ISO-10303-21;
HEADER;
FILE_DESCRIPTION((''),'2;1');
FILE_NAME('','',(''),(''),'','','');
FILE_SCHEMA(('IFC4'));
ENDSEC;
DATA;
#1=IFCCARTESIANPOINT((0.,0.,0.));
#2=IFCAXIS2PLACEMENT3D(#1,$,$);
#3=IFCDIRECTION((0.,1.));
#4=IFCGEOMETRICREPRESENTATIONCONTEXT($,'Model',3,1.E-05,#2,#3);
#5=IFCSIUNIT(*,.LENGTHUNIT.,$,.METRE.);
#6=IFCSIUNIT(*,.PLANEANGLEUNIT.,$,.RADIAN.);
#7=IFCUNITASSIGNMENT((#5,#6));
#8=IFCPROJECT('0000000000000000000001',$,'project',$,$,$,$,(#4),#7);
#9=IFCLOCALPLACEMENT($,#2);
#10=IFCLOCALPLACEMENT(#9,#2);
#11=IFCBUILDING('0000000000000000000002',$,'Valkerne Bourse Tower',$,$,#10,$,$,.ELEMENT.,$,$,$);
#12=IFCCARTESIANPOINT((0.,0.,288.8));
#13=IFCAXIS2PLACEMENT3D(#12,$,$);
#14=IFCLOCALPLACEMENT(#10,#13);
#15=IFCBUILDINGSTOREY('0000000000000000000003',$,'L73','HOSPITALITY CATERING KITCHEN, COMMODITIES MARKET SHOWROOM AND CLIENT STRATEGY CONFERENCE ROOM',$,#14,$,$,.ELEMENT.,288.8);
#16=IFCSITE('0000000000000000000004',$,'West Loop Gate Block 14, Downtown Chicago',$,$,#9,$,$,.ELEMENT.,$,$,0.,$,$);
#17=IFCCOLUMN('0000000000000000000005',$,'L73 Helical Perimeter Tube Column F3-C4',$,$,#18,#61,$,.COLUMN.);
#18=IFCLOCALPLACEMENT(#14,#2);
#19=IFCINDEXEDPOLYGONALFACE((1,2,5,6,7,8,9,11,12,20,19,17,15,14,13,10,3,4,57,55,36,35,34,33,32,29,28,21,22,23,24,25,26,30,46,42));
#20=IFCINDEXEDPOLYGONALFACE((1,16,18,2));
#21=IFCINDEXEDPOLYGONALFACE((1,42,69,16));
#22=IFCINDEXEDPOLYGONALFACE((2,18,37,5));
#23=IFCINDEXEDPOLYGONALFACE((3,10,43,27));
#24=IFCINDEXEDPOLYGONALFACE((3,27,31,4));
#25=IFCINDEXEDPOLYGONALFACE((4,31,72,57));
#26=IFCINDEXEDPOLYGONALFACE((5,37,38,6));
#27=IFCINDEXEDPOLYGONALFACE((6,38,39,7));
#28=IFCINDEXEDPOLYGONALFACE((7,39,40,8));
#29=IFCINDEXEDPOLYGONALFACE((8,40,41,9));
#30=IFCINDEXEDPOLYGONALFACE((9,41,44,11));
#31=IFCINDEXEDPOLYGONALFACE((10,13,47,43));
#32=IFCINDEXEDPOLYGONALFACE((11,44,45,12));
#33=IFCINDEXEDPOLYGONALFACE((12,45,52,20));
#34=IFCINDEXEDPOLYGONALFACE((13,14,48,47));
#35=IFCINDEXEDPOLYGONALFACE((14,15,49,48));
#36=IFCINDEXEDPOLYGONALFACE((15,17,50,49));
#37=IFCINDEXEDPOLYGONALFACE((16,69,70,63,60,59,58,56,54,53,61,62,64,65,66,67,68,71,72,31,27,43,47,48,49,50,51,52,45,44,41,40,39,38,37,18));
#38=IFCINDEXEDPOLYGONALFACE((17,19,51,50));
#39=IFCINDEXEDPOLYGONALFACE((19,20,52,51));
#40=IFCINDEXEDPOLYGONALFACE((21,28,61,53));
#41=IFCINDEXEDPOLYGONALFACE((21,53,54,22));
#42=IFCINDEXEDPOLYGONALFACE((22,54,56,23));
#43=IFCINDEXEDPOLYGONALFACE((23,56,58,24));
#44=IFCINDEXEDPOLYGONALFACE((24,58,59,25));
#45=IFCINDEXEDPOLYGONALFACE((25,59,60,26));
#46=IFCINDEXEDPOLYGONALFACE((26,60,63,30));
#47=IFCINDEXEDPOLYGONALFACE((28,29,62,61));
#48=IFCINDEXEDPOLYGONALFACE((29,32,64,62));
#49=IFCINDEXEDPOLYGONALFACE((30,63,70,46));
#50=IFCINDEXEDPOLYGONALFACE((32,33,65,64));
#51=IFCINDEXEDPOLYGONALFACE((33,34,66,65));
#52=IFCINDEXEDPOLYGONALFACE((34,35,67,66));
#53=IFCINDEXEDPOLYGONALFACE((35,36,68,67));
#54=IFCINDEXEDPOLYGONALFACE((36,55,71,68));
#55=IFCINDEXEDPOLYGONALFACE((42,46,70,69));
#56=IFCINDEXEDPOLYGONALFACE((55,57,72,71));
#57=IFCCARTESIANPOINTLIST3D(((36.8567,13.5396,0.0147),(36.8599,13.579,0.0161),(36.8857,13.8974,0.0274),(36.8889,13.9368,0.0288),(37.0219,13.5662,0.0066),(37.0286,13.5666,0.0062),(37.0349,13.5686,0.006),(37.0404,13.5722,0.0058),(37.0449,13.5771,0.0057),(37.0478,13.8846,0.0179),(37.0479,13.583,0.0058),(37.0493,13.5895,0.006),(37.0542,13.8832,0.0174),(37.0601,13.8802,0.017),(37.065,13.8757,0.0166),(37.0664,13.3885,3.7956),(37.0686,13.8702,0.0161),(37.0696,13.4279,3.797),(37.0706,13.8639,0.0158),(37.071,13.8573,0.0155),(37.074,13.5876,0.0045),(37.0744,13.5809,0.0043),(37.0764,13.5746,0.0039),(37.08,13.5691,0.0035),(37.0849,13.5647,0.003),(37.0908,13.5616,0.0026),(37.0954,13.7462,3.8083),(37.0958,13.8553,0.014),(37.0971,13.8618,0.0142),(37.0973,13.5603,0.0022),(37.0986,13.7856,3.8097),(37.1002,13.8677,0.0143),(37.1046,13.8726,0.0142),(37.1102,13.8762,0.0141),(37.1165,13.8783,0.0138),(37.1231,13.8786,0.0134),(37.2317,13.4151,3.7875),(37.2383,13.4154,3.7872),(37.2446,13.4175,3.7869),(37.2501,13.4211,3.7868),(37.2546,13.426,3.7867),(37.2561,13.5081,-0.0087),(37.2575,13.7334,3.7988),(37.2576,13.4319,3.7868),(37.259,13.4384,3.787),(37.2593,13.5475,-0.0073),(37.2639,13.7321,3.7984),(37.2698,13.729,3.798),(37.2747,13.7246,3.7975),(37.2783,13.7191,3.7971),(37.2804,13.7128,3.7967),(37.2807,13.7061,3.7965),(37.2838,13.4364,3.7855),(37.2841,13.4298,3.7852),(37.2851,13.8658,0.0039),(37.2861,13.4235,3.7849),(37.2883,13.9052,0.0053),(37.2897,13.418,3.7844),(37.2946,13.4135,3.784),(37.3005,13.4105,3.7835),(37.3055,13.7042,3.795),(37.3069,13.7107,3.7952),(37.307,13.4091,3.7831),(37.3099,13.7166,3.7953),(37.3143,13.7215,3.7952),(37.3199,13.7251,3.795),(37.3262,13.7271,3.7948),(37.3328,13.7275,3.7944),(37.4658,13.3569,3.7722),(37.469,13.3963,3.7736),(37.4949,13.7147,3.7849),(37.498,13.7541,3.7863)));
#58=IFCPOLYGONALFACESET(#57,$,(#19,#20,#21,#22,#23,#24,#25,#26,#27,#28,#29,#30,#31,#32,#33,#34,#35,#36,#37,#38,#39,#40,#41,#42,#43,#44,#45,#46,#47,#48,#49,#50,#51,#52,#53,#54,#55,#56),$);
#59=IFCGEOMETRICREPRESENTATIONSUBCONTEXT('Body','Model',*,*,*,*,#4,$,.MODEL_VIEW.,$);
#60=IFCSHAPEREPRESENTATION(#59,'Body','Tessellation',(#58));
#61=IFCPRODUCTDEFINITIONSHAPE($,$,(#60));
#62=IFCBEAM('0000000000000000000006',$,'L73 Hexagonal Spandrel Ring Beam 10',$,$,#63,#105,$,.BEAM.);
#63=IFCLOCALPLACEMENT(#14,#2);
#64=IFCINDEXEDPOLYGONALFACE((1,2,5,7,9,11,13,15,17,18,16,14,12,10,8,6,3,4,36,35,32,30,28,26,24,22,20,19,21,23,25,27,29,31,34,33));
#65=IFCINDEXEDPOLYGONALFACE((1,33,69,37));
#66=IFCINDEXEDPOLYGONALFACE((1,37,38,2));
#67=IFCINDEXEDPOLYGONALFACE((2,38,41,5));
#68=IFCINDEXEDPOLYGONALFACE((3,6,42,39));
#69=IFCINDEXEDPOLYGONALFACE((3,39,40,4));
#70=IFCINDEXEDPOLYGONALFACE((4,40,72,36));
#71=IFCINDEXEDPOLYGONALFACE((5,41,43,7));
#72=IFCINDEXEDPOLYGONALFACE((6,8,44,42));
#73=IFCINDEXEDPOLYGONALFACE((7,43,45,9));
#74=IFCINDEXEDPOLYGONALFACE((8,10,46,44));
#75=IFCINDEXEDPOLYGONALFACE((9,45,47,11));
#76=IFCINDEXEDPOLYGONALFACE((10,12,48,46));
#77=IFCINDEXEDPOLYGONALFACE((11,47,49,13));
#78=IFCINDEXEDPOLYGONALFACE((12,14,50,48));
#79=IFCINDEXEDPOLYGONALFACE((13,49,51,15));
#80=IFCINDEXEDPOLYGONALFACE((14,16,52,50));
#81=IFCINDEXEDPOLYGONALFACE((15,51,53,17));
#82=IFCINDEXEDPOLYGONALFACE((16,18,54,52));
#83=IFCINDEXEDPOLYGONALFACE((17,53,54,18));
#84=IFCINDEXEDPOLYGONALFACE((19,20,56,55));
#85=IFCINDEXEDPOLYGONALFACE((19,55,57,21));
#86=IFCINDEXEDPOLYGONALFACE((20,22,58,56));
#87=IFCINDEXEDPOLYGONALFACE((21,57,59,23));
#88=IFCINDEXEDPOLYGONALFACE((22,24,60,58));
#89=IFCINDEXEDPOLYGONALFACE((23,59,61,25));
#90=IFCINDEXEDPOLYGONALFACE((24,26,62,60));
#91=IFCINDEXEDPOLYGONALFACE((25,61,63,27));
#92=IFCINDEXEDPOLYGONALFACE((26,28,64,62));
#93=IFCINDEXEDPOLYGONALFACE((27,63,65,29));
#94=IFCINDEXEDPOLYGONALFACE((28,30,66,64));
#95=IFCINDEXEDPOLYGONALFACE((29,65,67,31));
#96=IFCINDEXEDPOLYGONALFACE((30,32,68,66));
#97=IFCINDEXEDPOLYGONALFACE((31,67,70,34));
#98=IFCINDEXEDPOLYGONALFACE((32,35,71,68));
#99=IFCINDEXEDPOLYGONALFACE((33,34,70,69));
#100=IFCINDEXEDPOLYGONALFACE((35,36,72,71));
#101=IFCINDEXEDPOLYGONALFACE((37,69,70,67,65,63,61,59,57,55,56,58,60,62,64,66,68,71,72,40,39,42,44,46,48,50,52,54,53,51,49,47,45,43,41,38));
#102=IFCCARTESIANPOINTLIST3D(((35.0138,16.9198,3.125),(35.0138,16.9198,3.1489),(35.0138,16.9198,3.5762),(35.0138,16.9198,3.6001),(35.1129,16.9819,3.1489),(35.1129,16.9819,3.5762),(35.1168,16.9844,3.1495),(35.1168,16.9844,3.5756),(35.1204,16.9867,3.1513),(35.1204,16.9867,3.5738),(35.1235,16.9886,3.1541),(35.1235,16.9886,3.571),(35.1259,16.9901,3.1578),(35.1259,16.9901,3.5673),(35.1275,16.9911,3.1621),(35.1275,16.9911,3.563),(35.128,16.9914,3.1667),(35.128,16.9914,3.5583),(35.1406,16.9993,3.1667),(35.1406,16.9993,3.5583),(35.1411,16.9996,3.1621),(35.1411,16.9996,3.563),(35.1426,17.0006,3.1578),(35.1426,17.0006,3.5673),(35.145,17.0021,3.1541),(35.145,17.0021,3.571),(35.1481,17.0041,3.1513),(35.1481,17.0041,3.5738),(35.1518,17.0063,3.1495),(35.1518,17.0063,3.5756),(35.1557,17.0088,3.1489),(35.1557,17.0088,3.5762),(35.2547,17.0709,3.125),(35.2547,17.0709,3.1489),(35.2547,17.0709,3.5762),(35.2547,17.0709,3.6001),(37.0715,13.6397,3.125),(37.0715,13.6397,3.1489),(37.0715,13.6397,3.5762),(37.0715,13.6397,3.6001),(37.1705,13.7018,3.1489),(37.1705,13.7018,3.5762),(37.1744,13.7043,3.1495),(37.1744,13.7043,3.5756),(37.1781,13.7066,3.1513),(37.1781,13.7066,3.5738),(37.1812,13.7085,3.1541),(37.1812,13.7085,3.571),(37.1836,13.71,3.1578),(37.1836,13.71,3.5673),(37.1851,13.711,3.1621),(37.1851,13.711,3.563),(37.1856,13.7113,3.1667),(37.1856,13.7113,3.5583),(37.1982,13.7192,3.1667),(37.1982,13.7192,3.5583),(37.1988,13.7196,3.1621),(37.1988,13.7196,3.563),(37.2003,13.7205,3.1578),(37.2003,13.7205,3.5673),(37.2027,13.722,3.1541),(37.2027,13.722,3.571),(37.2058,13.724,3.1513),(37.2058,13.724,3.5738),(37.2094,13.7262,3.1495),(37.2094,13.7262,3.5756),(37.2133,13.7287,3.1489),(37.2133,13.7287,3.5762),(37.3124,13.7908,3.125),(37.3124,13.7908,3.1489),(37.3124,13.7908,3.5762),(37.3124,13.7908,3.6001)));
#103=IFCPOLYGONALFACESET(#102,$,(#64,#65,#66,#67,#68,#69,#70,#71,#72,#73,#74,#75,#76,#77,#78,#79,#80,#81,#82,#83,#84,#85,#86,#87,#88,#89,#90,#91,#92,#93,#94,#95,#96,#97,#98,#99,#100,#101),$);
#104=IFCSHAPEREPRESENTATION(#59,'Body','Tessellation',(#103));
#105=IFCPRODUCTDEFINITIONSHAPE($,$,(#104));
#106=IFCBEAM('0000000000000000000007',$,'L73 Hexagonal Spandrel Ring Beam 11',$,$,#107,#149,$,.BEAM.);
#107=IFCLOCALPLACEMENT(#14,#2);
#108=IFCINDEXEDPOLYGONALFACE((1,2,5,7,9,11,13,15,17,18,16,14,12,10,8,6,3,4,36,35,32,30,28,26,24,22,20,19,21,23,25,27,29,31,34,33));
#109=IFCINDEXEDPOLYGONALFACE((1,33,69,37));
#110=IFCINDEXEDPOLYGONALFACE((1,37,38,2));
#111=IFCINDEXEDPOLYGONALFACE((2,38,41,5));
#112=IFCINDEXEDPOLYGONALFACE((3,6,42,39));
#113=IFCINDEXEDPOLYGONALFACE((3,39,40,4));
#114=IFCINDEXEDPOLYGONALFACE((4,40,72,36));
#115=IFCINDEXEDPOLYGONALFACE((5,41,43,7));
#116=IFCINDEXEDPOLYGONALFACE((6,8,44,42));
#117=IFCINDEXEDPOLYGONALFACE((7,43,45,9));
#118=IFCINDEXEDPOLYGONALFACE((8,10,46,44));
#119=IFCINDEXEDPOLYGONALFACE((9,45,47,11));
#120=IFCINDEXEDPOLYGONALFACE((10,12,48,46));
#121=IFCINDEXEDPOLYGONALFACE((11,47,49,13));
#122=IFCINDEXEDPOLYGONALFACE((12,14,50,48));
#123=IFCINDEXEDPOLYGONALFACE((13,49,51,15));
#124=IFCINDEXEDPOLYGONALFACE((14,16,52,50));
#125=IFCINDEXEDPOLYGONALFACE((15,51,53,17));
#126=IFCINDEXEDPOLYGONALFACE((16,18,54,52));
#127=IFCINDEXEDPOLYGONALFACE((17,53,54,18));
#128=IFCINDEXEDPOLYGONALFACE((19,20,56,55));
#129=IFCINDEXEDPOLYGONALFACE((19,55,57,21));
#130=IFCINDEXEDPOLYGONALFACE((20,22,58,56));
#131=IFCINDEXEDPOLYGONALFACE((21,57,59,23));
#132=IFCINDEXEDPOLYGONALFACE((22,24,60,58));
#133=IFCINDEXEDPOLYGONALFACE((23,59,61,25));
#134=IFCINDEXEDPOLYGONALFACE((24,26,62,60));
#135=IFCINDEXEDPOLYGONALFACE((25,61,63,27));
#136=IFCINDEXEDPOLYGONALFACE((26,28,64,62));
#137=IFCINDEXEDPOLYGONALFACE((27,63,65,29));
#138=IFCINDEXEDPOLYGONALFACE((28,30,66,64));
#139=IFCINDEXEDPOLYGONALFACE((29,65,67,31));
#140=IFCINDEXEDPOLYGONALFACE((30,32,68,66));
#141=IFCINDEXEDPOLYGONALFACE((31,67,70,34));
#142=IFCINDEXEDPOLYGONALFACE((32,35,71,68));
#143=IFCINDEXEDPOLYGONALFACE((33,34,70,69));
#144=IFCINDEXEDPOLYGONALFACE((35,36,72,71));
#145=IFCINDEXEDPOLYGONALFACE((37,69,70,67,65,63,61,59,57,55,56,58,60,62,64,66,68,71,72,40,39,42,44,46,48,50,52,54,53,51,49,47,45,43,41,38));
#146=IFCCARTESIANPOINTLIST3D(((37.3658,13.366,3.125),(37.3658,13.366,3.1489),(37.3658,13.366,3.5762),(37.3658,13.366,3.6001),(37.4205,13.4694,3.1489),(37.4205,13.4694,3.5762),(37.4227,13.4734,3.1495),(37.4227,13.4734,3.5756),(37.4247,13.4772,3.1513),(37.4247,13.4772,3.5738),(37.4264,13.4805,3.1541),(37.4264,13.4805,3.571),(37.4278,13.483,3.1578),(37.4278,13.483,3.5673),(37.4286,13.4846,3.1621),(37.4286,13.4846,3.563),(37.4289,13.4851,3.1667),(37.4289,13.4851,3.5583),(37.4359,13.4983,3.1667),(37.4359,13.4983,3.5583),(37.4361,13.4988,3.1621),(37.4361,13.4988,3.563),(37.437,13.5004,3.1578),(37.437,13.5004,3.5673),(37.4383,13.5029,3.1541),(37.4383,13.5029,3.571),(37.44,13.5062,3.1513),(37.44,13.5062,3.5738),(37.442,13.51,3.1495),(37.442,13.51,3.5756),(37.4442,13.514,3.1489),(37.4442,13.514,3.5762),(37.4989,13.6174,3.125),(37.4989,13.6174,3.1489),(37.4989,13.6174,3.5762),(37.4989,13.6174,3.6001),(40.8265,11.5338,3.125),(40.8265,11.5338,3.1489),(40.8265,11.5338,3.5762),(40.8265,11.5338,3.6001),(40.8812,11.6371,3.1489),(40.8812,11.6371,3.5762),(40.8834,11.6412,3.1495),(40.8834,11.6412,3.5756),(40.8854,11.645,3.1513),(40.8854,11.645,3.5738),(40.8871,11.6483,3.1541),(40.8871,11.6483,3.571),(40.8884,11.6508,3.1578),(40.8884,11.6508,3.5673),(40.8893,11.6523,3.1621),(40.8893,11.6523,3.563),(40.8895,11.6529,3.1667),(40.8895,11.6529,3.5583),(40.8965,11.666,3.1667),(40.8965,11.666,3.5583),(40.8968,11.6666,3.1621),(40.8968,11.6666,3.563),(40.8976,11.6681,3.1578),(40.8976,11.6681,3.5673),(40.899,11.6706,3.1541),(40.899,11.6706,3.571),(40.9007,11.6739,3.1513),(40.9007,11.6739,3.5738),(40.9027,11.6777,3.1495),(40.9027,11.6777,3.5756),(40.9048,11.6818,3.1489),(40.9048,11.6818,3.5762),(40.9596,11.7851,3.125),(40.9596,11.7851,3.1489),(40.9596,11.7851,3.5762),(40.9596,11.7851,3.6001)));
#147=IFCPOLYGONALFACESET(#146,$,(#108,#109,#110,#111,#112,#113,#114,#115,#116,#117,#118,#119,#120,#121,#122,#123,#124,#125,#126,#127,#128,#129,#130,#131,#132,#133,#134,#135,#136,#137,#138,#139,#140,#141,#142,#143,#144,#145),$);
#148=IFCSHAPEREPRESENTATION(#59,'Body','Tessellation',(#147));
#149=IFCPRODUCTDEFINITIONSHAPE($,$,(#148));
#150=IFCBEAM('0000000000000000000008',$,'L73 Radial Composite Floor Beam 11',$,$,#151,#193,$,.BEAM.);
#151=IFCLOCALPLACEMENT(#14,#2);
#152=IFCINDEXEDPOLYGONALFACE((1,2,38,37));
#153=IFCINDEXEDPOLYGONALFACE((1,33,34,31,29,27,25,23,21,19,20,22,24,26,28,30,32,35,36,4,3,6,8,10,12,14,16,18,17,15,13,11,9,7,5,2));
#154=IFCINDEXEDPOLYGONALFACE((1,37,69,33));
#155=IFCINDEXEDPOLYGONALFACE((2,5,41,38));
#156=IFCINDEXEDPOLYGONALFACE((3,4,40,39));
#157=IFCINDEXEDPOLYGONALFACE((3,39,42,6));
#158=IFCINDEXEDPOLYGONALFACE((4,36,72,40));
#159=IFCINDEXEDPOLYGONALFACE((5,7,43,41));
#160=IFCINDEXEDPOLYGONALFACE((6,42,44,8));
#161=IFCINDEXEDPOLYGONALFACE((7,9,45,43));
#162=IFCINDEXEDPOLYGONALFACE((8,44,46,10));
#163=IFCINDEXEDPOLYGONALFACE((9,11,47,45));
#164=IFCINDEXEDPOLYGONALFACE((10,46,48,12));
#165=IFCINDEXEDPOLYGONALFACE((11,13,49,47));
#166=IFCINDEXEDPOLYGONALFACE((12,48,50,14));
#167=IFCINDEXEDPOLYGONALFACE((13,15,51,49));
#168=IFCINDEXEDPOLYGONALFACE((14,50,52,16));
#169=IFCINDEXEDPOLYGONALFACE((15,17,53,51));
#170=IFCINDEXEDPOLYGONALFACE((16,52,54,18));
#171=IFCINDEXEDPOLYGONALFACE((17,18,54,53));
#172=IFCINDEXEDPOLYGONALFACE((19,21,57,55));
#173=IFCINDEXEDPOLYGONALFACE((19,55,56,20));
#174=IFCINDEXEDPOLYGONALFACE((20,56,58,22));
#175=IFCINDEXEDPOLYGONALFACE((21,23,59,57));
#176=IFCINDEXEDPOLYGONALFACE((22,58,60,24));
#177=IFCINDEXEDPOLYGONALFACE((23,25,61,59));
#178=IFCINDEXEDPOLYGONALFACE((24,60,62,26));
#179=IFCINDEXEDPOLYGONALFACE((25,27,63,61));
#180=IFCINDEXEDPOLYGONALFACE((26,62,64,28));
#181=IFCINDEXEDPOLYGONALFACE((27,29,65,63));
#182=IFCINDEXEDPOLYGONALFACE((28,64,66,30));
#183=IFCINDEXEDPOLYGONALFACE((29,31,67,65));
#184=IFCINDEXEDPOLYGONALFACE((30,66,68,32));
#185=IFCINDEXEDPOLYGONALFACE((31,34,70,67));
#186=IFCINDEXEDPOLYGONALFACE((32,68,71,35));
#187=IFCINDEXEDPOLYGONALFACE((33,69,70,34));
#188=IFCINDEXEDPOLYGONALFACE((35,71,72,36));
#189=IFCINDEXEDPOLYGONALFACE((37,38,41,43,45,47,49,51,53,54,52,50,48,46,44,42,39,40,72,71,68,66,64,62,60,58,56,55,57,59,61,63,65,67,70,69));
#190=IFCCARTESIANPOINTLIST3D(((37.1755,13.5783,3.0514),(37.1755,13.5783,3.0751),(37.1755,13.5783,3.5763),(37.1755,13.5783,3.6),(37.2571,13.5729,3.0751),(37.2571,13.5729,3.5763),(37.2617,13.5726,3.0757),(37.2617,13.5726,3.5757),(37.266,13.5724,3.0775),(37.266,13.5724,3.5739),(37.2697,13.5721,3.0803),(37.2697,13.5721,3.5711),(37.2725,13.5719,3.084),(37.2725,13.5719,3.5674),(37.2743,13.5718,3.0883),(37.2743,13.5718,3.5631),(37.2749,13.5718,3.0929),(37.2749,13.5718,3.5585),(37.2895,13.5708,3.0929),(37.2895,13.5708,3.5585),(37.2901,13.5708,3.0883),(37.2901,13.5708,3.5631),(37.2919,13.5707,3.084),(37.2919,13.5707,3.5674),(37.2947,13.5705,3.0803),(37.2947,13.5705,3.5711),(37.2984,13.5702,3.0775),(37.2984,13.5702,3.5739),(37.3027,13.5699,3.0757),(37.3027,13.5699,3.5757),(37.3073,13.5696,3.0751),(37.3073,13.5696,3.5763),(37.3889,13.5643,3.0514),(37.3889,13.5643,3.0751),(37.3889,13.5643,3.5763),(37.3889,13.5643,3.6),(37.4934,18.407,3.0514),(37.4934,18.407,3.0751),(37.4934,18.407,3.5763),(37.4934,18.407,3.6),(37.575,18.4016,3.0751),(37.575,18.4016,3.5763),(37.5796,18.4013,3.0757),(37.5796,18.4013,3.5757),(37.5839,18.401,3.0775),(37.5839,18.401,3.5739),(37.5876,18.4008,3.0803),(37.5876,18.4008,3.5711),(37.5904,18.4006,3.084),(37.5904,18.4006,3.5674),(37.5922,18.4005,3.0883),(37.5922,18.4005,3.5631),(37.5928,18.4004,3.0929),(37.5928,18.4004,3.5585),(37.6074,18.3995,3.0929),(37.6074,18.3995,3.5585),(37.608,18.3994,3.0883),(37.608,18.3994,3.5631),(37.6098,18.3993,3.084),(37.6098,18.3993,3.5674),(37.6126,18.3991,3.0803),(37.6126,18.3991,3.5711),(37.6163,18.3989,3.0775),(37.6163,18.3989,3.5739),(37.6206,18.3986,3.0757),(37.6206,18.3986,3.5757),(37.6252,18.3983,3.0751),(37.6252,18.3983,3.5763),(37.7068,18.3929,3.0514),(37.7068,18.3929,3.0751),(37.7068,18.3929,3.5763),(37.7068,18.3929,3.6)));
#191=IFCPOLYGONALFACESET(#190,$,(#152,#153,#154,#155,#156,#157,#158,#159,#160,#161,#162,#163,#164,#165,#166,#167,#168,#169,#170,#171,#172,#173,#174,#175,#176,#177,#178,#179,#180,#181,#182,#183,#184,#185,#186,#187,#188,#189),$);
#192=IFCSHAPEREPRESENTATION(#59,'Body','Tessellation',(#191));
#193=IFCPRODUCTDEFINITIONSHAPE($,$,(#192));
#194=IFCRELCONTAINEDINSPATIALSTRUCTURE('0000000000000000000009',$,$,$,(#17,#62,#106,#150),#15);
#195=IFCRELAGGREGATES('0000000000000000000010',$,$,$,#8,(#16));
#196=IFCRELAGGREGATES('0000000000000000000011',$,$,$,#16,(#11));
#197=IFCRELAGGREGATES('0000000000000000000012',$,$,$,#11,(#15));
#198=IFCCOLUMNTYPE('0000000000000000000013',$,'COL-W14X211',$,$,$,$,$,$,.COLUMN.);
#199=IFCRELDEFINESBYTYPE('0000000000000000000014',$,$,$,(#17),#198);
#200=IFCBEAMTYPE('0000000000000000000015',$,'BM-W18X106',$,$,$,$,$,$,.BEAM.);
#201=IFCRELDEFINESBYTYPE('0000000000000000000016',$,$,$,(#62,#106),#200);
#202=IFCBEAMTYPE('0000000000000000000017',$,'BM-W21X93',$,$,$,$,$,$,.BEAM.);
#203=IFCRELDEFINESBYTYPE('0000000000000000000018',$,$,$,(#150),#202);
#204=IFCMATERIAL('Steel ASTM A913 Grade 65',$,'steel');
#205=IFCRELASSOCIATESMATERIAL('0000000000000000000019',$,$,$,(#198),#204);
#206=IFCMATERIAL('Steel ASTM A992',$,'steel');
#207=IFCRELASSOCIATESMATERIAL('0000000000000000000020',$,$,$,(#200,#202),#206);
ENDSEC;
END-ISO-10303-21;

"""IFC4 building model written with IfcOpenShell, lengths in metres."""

from ifc_helpers import new_model, si_unit, direction, frame, origin, origin_2d, place, context, subcontext, project, spatial, i_section, extrude, material, material_profile, profile_set, type_object, element, save


model = new_model("IFC4")

# Units and contexts
model_context = context("Model", 3, precision=1e-05, world=origin(), true_north=direction((0.0, 1.0)))
body_context = subcontext(model_context, "Body", "Model", "MODEL_VIEW")
ifc_project = project(units=[si_unit("LENGTHUNIT", "METRE"), si_unit("PLANEANGLEUNIT", "RADIAN")], contexts=[model_context])

# Site, building, storey
site_placement = place(None, origin())
site = spatial("IfcSite", under=ifc_project, at=site_placement, Name="West Loop Gate Block 14, Downtown Chicago", CompositionType="ELEMENT", RefElevation=0.0)
building_placement = place(site_placement, origin())
building = spatial("IfcBuilding", under=site, at=building_placement, Name="Valkerne Bourse Tower", CompositionType="ELEMENT")
storey_placement = place(building_placement, frame((0.0, 0.0, 288.8)))
storey = spatial("IfcBuildingStorey", under=building, at=storey_placement, Name="L73", Description="HOSPITALITY CATERING KITCHEN, COMMODITIES MARKET SHOWROOM AND CLIENT STRATEGY CONFERENCE ROOM", CompositionType="ELEMENT", Elevation=288.8)

# Column
ifc_material_1 = material(Name="Steel ASTM A913 Grade 65", Category="steel")
ifc_material_profile_1 = material_profile(ifc_material_1, i_section(OverallWidth=0.4014, OverallDepth=0.3987, WebThickness=0.0249, FlangeThickness=0.0396, FilletRadius=0.0254, at=origin_2d()), Name="W14X211")
ifc_profile_set_1 = profile_set([ifc_material_profile_1], Name="Steel ASTM A913 Grade 65")
column_type = type_object("IfcColumnType", Name="COL-W14X211", PredefinedType="COLUMN", material=ifc_profile_set_1)
column_placement = place(storey_placement, frame((37.0725, 13.7224, 0.01), z_axis=(0.055337, -0.039876, 0.997671), x_axis=(0.995195, -0.078629, -0.058342)))
element("IfcColumn", 1, at=column_placement, inside=storey, type_object=column_type, Name="L73 Helical Perimeter Tube Column F3-C4", PredefinedType="COLUMN", context=body_context, shape_type="SweptSolid", body=[
    extrude(i_section(OverallWidth=0.4014, OverallDepth=0.3987, WebThickness=0.0249, FlangeThickness=0.0396, FilletRadius=0.0254, at=origin_2d()), origin(), (0.0, 0.0, 1.0), 3.7898),
])

# Beams
ifc_material_2 = material(Name="Steel ASTM A992", Category="steel")
ifc_material_profile_2 = material_profile(ifc_material_2, i_section(OverallWidth=0.2844, OverallDepth=0.4751, WebThickness=0.0149, FlangeThickness=0.0239, FilletRadius=0.0178, at=origin_2d()), Name="W18X106")
ifc_profile_set_2 = profile_set([ifc_material_profile_2], Name="Steel ASTM A992")
beam_type_1 = type_object("IfcBeamType", Name="BM-W18X106", PredefinedType="BEAM", material=ifc_profile_set_2)
beam_1_placement = place(storey_placement, frame((35.1343, 16.9954, 3.3625), z_axis=(0.531409, -0.847115, 0.0), x_axis=(0.847115, 0.531409, 0.0)))
element("IfcBeam", 2, at=beam_1_placement, inside=storey, type_object=beam_type_1, Name="L73 Hexagonal Spandrel Ring Beam 10", PredefinedType="BEAM", context=body_context, shape_type="SweptSolid", body=[
    extrude(i_section(OverallWidth=0.2844, OverallDepth=0.4751, WebThickness=0.0149, FlangeThickness=0.0239, FilletRadius=0.0178, at=origin_2d()), origin(), (0.0, 0.0, 1.0), 3.8721),
])
beam_2_placement = place(storey_placement, frame((37.4324, 13.4917, 3.3625), z_axis=(0.883773, -0.467916, 0.0), x_axis=(0.467916, 0.883773, 0.0)))
element("IfcBeam", 3, at=beam_2_placement, inside=storey, type_object=beam_type_1, Name="L73 Hexagonal Spandrel Ring Beam 11", PredefinedType="BEAM", context=body_context, shape_type="SweptSolid", body=[
    extrude(i_section(OverallWidth=0.2844, OverallDepth=0.4751, WebThickness=0.0149, FlangeThickness=0.0239, FilletRadius=0.0178, at=origin_2d()), origin(), (0.0, 0.0, 1.0), 3.9158),
])
ifc_material_profile_3 = material_profile(ifc_material_2, i_section(OverallWidth=0.2139, OverallDepth=0.5486, WebThickness=0.0146, FlangeThickness=0.0237, FilletRadius=0.0178, at=origin_2d()), Name="W21X93")
ifc_profile_set_3 = profile_set([ifc_material_profile_3], Name="Steel ASTM A992")
beam_type_2 = type_object("IfcBeamType", Name="BM-W21X93", PredefinedType="BEAM", material=ifc_profile_set_3)
beam_3_placement = place(storey_placement, frame((37.2822, 13.5713, 3.3257), z_axis=(0.065689, 0.99784, 0.0), x_axis=(-0.99784, 0.065689, 0.0)))
element("IfcBeam", 4, at=beam_3_placement, inside=storey, type_object=beam_type_2, Name="L73 Radial Composite Floor Beam 11", PredefinedType="BEAM", context=body_context, shape_type="SweptSolid", body=[
    extrude(i_section(OverallWidth=0.2139, OverallDepth=0.5486, WebThickness=0.0146, FlangeThickness=0.0237, FilletRadius=0.0178, at=origin_2d()), origin(), (0.0, 0.0, 1.0), 4.8391),
])

save(model, "model.ifc")
